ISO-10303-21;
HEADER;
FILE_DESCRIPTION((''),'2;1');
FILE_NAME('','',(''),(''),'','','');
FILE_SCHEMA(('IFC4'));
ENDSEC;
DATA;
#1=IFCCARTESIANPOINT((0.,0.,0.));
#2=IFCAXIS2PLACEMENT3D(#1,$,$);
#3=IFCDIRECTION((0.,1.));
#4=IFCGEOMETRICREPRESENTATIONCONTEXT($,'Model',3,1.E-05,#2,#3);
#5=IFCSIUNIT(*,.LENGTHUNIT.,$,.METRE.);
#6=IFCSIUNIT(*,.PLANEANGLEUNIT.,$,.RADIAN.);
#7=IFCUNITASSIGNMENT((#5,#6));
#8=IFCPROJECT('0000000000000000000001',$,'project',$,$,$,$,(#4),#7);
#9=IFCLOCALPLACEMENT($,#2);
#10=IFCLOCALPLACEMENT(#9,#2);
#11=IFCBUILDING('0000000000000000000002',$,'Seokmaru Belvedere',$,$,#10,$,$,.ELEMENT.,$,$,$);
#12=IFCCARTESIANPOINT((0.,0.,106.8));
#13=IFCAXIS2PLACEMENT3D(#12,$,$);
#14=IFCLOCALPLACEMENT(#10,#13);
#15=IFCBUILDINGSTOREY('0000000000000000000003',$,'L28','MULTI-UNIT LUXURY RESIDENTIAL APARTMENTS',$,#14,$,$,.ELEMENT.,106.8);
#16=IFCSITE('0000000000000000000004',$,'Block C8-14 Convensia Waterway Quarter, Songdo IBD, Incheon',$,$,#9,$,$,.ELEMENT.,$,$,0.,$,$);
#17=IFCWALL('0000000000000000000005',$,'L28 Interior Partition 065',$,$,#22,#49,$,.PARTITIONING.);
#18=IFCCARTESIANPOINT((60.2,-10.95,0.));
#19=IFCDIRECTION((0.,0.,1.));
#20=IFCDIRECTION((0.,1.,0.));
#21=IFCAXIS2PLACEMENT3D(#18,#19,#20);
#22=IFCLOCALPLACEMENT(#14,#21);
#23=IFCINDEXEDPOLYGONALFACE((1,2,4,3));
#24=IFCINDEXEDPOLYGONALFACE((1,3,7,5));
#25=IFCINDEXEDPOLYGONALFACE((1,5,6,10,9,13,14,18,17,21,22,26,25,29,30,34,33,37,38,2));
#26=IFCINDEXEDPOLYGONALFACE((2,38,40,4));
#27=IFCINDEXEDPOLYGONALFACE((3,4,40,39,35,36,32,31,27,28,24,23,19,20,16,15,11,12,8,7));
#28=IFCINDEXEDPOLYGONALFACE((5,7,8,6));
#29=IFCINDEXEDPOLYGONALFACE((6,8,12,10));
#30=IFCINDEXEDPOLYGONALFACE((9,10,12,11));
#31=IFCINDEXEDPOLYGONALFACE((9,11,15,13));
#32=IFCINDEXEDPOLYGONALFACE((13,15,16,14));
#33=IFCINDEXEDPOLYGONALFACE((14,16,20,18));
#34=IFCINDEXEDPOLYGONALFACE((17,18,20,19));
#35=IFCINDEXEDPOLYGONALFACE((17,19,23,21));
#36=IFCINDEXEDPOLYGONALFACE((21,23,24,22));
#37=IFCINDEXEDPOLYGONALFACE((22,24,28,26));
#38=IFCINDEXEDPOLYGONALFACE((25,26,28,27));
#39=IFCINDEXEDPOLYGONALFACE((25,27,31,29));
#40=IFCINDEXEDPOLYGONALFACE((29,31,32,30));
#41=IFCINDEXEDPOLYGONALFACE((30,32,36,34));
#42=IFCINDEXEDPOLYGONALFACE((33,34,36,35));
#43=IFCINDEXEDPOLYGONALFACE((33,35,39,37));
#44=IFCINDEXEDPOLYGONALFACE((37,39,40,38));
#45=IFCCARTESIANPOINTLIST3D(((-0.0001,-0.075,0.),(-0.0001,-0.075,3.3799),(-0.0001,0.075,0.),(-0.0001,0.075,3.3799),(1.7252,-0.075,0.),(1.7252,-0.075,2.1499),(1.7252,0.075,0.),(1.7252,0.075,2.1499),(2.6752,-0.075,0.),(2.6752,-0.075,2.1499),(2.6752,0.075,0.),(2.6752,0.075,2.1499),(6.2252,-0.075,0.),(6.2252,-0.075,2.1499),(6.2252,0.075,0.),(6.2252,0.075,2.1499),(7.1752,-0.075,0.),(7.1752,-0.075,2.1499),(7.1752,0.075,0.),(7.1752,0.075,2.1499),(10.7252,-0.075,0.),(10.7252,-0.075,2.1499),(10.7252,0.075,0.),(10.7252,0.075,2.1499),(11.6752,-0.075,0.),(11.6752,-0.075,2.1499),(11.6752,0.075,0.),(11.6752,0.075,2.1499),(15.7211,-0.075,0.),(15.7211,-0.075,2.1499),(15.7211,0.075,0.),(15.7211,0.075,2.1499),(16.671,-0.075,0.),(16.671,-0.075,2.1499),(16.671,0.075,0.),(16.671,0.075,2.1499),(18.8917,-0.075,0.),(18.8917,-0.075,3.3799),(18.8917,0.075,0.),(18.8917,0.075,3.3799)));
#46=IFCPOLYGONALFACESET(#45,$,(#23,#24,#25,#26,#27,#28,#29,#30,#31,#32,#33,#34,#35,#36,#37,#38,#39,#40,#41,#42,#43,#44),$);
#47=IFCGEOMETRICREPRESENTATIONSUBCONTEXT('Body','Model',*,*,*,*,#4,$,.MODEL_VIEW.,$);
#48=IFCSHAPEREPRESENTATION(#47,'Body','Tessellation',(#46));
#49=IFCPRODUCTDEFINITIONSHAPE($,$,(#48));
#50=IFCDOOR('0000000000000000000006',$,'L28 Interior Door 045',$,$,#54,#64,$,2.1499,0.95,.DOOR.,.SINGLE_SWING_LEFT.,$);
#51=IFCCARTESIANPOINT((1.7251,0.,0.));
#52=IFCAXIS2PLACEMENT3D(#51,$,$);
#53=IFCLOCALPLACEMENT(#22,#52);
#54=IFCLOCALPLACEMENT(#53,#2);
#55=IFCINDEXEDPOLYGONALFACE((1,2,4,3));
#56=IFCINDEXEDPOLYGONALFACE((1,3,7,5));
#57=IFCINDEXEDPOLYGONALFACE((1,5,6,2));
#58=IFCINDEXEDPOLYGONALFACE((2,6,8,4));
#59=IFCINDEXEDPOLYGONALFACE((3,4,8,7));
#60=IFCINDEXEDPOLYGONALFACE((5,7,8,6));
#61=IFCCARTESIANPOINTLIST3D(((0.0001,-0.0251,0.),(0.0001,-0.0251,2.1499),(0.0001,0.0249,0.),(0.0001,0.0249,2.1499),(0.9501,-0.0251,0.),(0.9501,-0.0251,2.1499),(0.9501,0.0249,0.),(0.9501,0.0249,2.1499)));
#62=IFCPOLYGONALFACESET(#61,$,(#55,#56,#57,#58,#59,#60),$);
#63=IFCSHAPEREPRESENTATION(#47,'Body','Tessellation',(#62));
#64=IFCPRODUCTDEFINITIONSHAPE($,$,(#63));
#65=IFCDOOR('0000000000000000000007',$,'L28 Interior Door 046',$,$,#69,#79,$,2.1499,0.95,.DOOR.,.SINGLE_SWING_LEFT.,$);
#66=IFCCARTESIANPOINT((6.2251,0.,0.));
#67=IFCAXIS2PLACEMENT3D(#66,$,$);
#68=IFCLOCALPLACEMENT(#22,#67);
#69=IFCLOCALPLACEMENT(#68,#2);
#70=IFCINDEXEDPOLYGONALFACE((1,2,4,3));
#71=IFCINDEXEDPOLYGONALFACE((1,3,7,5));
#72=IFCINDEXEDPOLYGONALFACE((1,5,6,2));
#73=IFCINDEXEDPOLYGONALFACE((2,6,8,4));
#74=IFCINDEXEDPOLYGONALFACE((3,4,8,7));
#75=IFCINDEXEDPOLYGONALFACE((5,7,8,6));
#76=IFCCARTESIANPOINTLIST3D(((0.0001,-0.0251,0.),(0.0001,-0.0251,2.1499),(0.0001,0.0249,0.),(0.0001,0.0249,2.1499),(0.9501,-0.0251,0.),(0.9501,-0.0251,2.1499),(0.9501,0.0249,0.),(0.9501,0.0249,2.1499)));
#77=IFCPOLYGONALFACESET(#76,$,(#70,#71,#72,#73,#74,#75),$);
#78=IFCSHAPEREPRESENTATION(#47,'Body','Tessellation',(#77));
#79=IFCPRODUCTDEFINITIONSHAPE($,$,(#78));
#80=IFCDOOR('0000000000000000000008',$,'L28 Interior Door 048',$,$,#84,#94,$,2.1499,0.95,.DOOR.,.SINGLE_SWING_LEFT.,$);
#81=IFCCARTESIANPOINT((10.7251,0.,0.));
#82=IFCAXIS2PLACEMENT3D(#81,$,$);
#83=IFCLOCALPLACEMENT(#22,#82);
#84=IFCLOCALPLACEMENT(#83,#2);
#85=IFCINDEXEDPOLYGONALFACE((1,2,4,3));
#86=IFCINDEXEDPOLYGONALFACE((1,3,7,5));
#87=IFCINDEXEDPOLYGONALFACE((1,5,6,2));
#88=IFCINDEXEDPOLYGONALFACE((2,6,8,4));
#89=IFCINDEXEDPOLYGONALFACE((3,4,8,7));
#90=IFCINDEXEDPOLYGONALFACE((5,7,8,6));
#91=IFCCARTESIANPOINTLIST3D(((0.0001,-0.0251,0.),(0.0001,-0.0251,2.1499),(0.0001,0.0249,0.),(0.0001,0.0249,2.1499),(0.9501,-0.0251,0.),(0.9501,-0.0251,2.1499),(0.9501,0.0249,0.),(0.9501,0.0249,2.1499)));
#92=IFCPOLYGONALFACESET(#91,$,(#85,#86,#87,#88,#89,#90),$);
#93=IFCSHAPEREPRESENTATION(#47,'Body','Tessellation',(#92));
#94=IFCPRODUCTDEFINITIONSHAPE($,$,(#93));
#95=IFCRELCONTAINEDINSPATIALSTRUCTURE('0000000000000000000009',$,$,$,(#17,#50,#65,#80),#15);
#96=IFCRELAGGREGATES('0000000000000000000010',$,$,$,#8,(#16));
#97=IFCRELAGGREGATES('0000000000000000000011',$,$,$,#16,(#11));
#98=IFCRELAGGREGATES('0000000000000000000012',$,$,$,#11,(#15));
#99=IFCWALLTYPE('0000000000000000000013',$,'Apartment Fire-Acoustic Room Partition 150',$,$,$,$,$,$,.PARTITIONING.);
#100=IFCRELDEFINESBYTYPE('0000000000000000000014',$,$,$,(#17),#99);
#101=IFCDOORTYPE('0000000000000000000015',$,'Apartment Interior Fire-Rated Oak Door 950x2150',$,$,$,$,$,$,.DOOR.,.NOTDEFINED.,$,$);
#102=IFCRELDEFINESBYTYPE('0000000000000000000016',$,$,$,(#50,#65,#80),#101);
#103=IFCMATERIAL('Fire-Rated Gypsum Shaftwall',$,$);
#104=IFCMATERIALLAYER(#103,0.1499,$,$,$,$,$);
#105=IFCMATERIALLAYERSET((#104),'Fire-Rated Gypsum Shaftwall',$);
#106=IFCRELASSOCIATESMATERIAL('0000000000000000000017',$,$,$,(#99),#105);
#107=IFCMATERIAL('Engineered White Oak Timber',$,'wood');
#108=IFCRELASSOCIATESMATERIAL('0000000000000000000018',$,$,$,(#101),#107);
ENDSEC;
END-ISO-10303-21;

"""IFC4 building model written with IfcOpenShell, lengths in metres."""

from ifc_helpers import new_model, si_unit, direction, frame, frame_2d, origin, place, context, subcontext, project, spatial, rectangle, extrude, source, transform, mapped, material, layer, layer_set, type_object, type_shapes, element, fill, save


model = new_model("IFC4")

# Units and contexts
model_context = context("Model", 3, precision=1e-05, world=origin(), true_north=direction((0.0, 1.0)))
body_context = subcontext(model_context, "Body", "Model", "MODEL_VIEW")
ifc_project = project(units=[si_unit("LENGTHUNIT", "METRE"), si_unit("PLANEANGLEUNIT", "RADIAN")], contexts=[model_context])

# Site, building, storey
site_placement = place(None, origin())
site = spatial("IfcSite", under=ifc_project, at=site_placement, Name="Block C8-14 Convensia Waterway Quarter, Songdo IBD, Incheon", CompositionType="ELEMENT", RefElevation=0.0)
building_placement = place(site_placement, origin())
building = spatial("IfcBuilding", under=site, at=building_placement, Name="Seokmaru Belvedere", CompositionType="ELEMENT")
storey_placement = place(building_placement, frame((0.0, 0.0, 106.8)))
storey = spatial("IfcBuildingStorey", under=building, at=storey_placement, Name="L28", Description="MULTI-UNIT LUXURY RESIDENTIAL APARTMENTS", CompositionType="ELEMENT", Elevation=106.8)

# Wall, openings, doors
ifc_material_1 = material(Name="Fire-Rated Gypsum Shaftwall")
ifc_layer_1 = layer(ifc_material_1, 0.1499)
ifc_layer_set_1 = layer_set([ifc_layer_1], Name="Fire-Rated Gypsum Shaftwall")
wall_type = type_object("IfcWallType", Name="Apartment Fire-Acoustic Room Partition 150", PredefinedType="PARTITIONING", material=ifc_layer_set_1)
ifc_material_2 = material(Name="Engineered White Oak Timber", Category="wood")
door_type = type_object("IfcDoorType", Name="Apartment Interior Fire-Rated Oak Door 950x2150", OperationType="NOTDEFINED", PredefinedType="DOOR", material=ifc_material_2)
shared_shape_1 = source(origin(), body_context, "Body", "SweptSolid", [
    extrude(rectangle(XDim=0.95, YDim=2.1499, at=frame_2d((0.4751, 1.075))), frame((0.0, 0.0249, 0.0), z_axis=(0.0, -1.0, 0.0), x_axis=(1.0, 0.0, 0.0)), (0.0, 0.0, 1.0), 0.05),
])
type_shapes(door_type, [shared_shape_1])
wall_1_placement = place(storey_placement, frame((60.2, -10.95, 0.0), z_axis=(0.0, 0.0, 1.0), x_axis=(0.0, 1.0, 0.0)))
wall_1 = element("IfcWall", 1, at=wall_1_placement, inside=storey, type_object=wall_type, Name="L28 Interior Partition 065", PredefinedType="PARTITIONING", context=body_context, shape_type="SweptSolid", body=[
    extrude(rectangle(XDim=18.8918, YDim=0.1499, at=frame_2d((9.4458, 0.0))), origin(), (0.0, 0.0, 1.0), 3.3799),
])
opening_1_placement = place(wall_1_placement, frame((1.7251, 0.0, 0.0)))
opening_1 = element("IfcOpeningElement", 2, at=opening_1_placement, cuts=wall_1, PredefinedType="OPENING", context=body_context, shape_type="SweptSolid", body=[
    extrude(rectangle(XDim=0.95, YDim=2.1499, at=frame_2d((0.4751, 1.075))), frame((0.0, 0.085, 0.0), z_axis=(0.0, -1.0, 0.0), x_axis=(1.0, 0.0, 0.0)), (0.0, 0.0, 1.0), 0.1699),
])
opening_2_placement = place(wall_1_placement, frame((6.2251, 0.0, 0.0)))
opening_2 = element("IfcOpeningElement", 3, at=opening_2_placement, cuts=wall_1, PredefinedType="OPENING", context=body_context, shape_type="SweptSolid", body=[
    extrude(rectangle(XDim=0.95, YDim=2.1499, at=frame_2d((0.4751, 1.075))), frame((0.0, 0.085, 0.0), z_axis=(0.0, -1.0, 0.0), x_axis=(1.0, 0.0, 0.0)), (0.0, 0.0, 1.0), 0.1699),
])
opening_3_placement = place(wall_1_placement, frame((10.7251, 0.0, 0.0)))
opening_3 = element("IfcOpeningElement", 4, at=opening_3_placement, cuts=wall_1, PredefinedType="OPENING", context=body_context, shape_type="SweptSolid", body=[
    extrude(rectangle(XDim=0.95, YDim=2.1499, at=frame_2d((0.4751, 1.075))), frame((0.0, 0.085, 0.0), z_axis=(0.0, -1.0, 0.0), x_axis=(1.0, 0.0, 0.0)), (0.0, 0.0, 1.0), 0.1699),
])
opening_4_placement = place(wall_1_placement, frame((15.7209, 0.0, 0.0)))
element("IfcOpeningElement", 5, at=opening_4_placement, cuts=wall_1, PredefinedType="OPENING", context=body_context, shape_type="SweptSolid", body=[
    extrude(rectangle(XDim=0.95, YDim=2.1499, at=frame_2d((0.4751, 1.075))), frame((0.0, 0.085, 0.0), z_axis=(0.0, -1.0, 0.0), x_axis=(1.0, 0.0, 0.0)), (0.0, 0.0, 1.0), 0.1699),
])
door_1_placement = place(opening_1_placement, origin())
door_1 = element("IfcDoor", 6, at=door_1_placement, inside=storey, type_object=door_type, Name="L28 Interior Door 045", OperationType="SINGLE_SWING_LEFT", OverallHeight=2.1499, OverallWidth=0.95, PredefinedType="DOOR", context=body_context, shape_type="MappedRepresentation", body=[
    mapped(shared_shape_1, transform((0.0, 0.0, 0.0), scale=1.0)),
])
fill(opening_1, door_1)
door_2_placement = place(opening_2_placement, origin())
door_2 = element("IfcDoor", 7, at=door_2_placement, inside=storey, type_object=door_type, Name="L28 Interior Door 046", OperationType="SINGLE_SWING_LEFT", OverallHeight=2.1499, OverallWidth=0.95, PredefinedType="DOOR", context=body_context, shape_type="MappedRepresentation", body=[
    mapped(shared_shape_1, transform((0.0, 0.0, 0.0), scale=1.0)),
])
fill(opening_2, door_2)
door_3_placement = place(opening_3_placement, origin())
door_3 = element("IfcDoor", 8, at=door_3_placement, inside=storey, type_object=door_type, Name="L28 Interior Door 048", OperationType="SINGLE_SWING_LEFT", OverallHeight=2.1499, OverallWidth=0.95, PredefinedType="DOOR", context=body_context, shape_type="MappedRepresentation", body=[
    mapped(shared_shape_1, transform((0.0, 0.0, 0.0), scale=1.0)),
])
fill(opening_3, door_3)

save(model, "model.ifc")
